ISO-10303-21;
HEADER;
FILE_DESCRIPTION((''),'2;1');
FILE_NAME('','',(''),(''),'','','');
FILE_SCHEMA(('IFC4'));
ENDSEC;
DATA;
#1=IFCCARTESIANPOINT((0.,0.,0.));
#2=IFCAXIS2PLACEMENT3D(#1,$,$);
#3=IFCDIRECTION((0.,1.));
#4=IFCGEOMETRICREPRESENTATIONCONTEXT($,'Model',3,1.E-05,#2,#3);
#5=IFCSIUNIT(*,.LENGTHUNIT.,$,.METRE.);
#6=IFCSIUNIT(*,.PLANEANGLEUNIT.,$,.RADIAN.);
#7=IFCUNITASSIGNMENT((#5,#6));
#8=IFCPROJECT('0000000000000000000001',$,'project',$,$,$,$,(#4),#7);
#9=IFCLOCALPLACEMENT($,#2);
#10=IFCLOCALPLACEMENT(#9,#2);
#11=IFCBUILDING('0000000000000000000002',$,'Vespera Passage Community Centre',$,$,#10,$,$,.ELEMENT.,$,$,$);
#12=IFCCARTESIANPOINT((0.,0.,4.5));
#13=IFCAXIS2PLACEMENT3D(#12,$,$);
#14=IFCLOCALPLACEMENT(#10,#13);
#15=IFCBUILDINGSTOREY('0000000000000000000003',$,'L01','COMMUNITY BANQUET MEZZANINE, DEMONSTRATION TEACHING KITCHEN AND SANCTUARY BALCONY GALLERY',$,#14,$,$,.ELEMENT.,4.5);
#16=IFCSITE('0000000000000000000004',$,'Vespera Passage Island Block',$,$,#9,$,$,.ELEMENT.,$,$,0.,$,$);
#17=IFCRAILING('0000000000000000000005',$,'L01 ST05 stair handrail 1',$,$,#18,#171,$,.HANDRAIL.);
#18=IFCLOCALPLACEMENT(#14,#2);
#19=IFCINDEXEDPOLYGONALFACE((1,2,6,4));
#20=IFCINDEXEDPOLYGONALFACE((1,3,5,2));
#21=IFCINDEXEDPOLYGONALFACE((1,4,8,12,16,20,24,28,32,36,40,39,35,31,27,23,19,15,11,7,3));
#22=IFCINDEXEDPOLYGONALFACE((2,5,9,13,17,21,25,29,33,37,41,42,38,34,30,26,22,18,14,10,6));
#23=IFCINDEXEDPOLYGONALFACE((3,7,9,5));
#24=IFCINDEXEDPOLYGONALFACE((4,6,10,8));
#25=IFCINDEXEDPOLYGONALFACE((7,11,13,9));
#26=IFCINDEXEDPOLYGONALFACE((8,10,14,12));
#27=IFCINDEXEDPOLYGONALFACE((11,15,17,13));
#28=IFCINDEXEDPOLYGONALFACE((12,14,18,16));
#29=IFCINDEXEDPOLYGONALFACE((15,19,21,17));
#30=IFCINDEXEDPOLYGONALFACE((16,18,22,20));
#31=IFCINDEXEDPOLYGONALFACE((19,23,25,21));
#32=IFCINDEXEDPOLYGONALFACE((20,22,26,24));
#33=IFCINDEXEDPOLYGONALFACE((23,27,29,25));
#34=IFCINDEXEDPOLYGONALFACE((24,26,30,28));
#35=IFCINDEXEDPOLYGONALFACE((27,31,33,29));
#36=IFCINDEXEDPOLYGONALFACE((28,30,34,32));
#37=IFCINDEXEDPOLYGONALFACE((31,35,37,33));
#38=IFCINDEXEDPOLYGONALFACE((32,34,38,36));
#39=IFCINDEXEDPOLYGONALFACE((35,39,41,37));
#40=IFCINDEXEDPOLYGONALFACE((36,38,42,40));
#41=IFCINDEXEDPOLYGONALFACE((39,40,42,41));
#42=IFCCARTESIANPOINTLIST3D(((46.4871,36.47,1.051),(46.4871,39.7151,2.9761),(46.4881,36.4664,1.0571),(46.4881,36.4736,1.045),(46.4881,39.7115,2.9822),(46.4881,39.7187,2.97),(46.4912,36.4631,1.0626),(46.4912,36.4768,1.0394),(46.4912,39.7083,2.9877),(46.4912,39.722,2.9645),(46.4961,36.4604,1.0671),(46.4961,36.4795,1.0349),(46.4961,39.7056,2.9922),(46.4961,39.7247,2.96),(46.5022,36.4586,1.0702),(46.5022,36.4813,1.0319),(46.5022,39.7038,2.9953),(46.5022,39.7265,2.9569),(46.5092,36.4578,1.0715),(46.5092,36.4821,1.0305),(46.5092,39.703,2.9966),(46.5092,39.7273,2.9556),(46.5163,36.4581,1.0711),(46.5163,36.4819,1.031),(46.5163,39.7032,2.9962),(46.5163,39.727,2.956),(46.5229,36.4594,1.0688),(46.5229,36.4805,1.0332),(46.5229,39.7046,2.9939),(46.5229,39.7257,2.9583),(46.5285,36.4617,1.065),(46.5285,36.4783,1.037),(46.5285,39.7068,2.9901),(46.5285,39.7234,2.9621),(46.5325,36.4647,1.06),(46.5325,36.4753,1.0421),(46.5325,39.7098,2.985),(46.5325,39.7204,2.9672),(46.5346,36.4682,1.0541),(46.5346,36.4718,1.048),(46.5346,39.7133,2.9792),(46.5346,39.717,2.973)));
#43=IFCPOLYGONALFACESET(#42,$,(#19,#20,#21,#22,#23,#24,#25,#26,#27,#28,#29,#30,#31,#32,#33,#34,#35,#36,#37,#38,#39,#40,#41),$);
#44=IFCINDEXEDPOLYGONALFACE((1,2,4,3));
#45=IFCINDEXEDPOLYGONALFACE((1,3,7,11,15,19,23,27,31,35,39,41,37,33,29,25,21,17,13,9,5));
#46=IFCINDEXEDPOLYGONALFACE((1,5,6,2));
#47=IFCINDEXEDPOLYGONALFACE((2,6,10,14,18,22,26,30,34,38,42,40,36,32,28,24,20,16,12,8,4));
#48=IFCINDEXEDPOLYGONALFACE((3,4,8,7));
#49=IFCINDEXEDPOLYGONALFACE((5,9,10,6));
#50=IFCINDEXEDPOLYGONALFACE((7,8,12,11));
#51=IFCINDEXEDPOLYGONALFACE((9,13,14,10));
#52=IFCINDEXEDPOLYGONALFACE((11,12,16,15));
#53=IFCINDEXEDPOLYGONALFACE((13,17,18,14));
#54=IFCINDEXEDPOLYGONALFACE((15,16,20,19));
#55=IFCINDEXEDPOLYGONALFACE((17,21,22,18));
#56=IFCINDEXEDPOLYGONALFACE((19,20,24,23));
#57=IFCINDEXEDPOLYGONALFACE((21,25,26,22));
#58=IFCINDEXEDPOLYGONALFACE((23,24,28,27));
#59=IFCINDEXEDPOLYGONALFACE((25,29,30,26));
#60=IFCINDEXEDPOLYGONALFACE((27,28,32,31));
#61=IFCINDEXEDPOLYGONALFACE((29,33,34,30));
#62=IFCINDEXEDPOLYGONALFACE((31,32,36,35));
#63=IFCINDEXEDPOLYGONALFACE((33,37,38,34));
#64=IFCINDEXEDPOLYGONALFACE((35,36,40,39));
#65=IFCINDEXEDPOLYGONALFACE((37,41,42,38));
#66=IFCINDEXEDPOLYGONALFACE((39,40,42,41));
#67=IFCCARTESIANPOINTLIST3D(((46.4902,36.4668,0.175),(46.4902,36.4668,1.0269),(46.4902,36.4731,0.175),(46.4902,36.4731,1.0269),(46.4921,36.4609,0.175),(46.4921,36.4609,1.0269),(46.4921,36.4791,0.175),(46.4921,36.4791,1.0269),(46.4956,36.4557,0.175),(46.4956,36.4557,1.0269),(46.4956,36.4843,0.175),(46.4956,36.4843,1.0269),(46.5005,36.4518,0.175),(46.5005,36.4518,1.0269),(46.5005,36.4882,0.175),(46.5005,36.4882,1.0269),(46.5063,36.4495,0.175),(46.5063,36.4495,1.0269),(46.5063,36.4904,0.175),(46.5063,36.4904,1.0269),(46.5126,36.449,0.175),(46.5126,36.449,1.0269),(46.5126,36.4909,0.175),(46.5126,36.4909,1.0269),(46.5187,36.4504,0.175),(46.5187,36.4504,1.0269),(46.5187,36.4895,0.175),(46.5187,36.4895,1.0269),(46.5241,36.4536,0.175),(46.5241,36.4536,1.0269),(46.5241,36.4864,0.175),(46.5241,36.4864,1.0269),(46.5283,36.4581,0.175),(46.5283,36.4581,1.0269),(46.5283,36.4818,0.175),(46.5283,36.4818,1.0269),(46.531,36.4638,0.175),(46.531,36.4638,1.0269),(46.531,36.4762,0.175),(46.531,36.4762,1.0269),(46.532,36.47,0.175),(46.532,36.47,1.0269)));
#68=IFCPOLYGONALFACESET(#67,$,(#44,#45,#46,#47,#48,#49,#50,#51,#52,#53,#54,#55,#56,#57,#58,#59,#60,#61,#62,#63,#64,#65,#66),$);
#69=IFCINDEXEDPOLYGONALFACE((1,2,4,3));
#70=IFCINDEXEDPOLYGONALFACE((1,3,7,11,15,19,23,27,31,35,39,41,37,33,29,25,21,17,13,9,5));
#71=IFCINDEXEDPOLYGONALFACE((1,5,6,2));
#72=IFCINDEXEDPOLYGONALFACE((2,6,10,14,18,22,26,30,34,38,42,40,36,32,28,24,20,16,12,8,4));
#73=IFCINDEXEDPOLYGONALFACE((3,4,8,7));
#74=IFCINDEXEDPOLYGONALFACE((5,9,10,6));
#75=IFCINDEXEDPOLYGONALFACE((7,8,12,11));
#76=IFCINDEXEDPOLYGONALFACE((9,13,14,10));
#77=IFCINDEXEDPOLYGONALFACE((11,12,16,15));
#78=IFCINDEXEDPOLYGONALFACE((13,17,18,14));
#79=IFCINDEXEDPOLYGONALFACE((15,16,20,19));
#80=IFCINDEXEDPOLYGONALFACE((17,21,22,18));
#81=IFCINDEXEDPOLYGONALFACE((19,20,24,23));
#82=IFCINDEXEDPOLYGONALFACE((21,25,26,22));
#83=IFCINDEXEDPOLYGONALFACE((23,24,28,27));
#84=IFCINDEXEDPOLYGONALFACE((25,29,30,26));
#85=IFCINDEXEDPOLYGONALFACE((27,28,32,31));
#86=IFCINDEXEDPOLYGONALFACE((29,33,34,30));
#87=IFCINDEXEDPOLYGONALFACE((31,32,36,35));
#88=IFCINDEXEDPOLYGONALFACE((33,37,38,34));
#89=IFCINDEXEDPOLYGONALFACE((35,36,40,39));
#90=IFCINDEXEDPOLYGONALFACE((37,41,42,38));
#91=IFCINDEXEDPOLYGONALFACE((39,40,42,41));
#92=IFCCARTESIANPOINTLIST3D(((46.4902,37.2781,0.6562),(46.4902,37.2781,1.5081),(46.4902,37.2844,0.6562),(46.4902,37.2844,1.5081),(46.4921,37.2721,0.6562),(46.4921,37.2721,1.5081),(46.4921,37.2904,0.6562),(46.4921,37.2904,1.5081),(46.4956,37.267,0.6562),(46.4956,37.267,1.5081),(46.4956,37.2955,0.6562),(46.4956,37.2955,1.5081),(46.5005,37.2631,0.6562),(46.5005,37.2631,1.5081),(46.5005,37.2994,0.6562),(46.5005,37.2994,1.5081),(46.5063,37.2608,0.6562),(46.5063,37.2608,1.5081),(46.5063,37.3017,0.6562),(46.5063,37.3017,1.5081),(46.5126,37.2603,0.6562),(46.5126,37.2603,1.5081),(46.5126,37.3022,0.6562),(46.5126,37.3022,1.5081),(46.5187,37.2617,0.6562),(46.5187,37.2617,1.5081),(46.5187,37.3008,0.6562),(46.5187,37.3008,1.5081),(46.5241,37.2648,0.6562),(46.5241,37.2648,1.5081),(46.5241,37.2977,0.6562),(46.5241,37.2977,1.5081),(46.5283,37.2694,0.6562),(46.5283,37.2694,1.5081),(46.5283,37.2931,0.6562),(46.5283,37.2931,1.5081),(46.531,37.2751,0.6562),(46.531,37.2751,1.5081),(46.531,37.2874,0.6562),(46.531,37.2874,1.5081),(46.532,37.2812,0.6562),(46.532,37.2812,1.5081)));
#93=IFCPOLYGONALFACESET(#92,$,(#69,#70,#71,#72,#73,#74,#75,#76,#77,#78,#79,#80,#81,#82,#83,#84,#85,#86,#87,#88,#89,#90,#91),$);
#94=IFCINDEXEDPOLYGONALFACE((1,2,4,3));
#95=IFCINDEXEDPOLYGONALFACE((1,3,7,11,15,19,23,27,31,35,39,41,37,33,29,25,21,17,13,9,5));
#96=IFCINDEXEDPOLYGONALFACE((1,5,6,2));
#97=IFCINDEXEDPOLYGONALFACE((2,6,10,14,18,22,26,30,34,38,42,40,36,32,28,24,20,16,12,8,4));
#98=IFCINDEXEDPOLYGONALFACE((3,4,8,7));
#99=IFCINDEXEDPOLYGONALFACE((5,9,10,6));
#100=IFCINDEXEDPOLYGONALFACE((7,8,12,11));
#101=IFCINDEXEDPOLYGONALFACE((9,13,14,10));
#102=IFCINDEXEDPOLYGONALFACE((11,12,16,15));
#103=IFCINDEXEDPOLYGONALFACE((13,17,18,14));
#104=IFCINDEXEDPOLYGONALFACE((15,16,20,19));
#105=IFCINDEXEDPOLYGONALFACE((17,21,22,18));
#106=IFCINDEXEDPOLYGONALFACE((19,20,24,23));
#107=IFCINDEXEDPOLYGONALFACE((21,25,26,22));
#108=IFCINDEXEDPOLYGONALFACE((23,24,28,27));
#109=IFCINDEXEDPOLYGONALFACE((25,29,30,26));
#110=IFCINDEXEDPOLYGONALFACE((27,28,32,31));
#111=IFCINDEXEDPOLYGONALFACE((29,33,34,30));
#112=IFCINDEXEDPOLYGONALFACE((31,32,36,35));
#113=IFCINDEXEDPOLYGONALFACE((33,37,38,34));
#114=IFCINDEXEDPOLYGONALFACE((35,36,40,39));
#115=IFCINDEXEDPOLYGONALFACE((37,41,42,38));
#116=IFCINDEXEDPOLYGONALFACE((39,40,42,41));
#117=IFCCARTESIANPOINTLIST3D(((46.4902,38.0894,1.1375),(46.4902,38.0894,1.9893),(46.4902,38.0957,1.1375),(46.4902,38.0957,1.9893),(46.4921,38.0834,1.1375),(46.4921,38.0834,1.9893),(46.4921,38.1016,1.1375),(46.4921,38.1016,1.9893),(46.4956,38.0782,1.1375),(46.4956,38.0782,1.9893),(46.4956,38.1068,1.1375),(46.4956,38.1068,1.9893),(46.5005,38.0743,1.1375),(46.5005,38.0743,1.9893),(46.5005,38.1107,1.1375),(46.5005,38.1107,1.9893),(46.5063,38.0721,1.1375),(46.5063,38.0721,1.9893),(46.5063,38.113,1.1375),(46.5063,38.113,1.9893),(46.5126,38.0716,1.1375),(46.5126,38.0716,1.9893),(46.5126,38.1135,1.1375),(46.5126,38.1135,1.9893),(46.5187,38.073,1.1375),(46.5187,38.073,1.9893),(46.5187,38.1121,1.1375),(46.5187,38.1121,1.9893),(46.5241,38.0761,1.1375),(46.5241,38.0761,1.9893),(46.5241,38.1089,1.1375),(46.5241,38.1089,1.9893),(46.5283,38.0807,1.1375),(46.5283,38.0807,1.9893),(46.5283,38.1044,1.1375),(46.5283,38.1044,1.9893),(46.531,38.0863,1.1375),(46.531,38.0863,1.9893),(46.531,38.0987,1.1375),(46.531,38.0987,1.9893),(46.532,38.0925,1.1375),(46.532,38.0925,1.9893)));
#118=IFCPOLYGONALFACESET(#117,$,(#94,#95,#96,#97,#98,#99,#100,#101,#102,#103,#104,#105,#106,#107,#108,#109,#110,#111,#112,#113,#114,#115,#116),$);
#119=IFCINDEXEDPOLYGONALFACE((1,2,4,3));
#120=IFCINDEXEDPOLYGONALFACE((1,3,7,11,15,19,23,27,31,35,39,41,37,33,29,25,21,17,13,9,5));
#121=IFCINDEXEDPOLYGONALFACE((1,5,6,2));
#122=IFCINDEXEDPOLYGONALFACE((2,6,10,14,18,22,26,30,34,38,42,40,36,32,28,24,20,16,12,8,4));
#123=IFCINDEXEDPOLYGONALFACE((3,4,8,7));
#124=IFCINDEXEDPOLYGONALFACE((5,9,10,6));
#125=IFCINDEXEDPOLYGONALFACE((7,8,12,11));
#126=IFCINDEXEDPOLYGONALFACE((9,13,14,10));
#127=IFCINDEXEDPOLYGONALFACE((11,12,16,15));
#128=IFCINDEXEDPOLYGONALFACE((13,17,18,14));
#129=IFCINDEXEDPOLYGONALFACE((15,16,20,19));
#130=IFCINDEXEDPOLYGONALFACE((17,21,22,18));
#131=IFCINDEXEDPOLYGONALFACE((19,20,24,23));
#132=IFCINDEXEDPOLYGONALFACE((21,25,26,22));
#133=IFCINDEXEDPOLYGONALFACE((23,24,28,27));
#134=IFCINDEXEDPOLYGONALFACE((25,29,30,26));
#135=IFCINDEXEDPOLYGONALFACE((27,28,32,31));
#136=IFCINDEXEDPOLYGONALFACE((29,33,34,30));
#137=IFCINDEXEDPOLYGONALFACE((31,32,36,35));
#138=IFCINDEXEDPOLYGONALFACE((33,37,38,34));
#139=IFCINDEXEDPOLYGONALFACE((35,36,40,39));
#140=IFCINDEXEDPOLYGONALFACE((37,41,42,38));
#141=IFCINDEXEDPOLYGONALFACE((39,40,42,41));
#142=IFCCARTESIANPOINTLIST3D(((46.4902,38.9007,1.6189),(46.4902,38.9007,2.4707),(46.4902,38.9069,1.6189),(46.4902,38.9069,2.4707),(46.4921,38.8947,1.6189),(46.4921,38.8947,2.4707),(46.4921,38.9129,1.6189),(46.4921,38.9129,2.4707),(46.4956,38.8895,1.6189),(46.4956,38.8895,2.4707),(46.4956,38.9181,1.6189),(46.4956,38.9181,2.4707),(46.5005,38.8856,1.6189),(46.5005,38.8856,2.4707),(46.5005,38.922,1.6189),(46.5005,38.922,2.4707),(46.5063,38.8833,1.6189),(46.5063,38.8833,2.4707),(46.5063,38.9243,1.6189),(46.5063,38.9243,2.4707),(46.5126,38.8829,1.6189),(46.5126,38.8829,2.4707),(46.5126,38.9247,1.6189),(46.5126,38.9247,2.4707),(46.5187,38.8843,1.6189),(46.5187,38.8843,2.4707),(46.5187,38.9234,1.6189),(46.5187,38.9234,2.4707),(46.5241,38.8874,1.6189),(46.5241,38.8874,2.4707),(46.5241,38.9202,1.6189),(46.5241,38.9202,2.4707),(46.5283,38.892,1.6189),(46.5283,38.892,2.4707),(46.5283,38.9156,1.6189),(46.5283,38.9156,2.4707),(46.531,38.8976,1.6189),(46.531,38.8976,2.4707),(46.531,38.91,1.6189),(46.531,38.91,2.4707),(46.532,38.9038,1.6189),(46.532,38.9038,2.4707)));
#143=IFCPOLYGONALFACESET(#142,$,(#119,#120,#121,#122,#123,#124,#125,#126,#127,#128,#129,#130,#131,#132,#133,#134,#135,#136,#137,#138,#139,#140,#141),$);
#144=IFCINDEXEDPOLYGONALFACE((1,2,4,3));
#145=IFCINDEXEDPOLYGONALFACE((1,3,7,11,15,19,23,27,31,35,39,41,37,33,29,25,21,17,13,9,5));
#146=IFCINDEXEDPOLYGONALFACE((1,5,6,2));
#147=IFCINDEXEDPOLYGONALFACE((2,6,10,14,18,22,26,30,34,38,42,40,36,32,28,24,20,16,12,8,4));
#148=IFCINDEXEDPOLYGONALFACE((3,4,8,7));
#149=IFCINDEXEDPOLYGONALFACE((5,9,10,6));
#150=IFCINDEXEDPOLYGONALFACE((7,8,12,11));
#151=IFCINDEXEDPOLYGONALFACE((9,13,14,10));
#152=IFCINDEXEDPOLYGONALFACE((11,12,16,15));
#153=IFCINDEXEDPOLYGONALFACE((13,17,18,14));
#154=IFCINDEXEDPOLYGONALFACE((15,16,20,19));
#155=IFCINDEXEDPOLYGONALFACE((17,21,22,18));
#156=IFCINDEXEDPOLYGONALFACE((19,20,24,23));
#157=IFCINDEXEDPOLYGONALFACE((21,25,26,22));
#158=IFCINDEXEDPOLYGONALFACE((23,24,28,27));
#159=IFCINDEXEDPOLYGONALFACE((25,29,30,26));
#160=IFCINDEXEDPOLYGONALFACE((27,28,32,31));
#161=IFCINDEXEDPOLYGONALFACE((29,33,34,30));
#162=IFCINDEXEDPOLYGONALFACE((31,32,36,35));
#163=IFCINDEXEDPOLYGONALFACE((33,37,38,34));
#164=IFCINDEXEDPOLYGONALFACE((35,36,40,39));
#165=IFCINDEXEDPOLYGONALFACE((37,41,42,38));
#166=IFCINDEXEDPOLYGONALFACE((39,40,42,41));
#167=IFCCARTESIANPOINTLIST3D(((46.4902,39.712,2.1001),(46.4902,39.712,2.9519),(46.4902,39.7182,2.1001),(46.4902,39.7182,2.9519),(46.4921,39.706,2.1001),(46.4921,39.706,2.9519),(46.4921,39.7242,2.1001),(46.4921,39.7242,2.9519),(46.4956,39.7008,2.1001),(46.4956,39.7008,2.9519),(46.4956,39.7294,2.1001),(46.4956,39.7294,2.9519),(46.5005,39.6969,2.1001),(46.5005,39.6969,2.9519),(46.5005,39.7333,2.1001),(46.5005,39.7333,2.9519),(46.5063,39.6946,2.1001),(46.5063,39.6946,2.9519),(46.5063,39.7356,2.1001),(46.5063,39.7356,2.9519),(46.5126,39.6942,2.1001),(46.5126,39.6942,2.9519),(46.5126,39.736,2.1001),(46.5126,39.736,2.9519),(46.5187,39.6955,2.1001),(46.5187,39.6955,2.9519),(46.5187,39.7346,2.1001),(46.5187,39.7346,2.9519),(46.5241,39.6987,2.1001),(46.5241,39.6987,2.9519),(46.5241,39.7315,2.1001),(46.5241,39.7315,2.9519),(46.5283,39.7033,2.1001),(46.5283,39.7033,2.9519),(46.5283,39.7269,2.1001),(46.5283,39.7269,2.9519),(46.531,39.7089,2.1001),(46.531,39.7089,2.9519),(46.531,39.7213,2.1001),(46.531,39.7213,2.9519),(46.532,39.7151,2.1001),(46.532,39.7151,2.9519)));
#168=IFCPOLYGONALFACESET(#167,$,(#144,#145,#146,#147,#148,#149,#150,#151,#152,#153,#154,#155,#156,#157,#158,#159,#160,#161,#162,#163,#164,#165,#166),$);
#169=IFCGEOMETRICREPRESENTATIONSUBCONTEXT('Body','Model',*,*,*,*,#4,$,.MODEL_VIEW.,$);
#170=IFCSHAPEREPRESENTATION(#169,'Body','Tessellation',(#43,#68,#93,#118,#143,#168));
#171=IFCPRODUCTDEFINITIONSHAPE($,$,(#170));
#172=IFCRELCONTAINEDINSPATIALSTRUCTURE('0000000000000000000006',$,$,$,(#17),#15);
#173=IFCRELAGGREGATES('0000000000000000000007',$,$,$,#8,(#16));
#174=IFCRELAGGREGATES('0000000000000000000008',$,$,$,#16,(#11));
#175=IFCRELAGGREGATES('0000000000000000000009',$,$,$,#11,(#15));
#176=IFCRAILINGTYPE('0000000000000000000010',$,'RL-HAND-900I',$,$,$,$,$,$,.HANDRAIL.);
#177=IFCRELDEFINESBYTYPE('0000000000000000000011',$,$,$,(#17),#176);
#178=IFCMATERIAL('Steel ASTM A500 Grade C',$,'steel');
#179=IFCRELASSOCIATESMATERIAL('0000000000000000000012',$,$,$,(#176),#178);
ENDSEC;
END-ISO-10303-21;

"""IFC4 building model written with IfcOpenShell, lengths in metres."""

from ifc_helpers import new_model, si_unit, direction, frame, origin, origin_2d, place, context, subcontext, project, spatial, circle, extrude, material, type_object, element, save


model = new_model("IFC4")

# Units and contexts
model_context = context("Model", 3, precision=1e-05, world=origin(), true_north=direction((0.0, 1.0)))
body_context = subcontext(model_context, "Body", "Model", "MODEL_VIEW")
ifc_project = project(units=[si_unit("LENGTHUNIT", "METRE"), si_unit("PLANEANGLEUNIT", "RADIAN")], contexts=[model_context])

# Site, building, storey
site_placement = place(None, origin())
site = spatial("IfcSite", under=ifc_project, at=site_placement, Name="Vespera Passage Island Block", CompositionType="ELEMENT", RefElevation=0.0)
building_placement = place(site_placement, origin())
building = spatial("IfcBuilding", under=site, at=building_placement, Name="Vespera Passage Community Centre", CompositionType="ELEMENT")
storey_placement = place(building_placement, frame((0.0, 0.0, 4.5)))
storey = spatial("IfcBuildingStorey", under=building, at=storey_placement, Name="L01", Description="COMMUNITY BANQUET MEZZANINE, DEMONSTRATION TEACHING KITCHEN AND SANCTUARY BALCONY GALLERY", CompositionType="ELEMENT", Elevation=4.5)

# Railing
ifc_material_1 = material(Name="Steel ASTM A500 Grade C", Category="steel")
railing_type_1 = type_object("IfcRailingType", Name="RL-HAND-900I", PredefinedType="HANDRAIL", material=ifc_material_1)
railing_1_placement = place(storey_placement, frame((46.511, 36.47, 0.175)))
element("IfcRailing", 1, at=railing_1_placement, inside=storey, type_object=railing_type_1, Name="L01 ST05 stair handrail 1", PredefinedType="HANDRAIL", context=body_context, shape_type="SweptSolid", body=[
    extrude(circle(Radius=0.0239, at=origin_2d()), frame((0.0, 0.0, 0.876), z_axis=(0.0, 0.860057, 0.510198), x_axis=(-1.0, 0.0, 0.0)), (0.0, 0.0, 1.0), 3.7732),
    extrude(circle(Radius=0.021, at=origin_2d()), origin(), (0.0, 0.0, 1.0), 0.8518),
    extrude(circle(Radius=0.021, at=origin_2d()), frame((0.0, 0.8113, 0.4812)), (0.0, 0.0, 1.0), 0.8518),
    extrude(circle(Radius=0.021, at=origin_2d()), frame((0.0, 1.6226, 0.9624)), (0.0, 0.0, 1.0), 0.8518),
    extrude(circle(Radius=0.021, at=origin_2d()), frame((0.0, 2.4338, 1.4438)), (0.0, 0.0, 1.0), 0.8518),
    extrude(circle(Radius=0.021, at=origin_2d()), frame((0.0, 3.2451, 1.925)), (0.0, 0.0, 1.0), 0.8518),
])

save(model, "model.ifc")
